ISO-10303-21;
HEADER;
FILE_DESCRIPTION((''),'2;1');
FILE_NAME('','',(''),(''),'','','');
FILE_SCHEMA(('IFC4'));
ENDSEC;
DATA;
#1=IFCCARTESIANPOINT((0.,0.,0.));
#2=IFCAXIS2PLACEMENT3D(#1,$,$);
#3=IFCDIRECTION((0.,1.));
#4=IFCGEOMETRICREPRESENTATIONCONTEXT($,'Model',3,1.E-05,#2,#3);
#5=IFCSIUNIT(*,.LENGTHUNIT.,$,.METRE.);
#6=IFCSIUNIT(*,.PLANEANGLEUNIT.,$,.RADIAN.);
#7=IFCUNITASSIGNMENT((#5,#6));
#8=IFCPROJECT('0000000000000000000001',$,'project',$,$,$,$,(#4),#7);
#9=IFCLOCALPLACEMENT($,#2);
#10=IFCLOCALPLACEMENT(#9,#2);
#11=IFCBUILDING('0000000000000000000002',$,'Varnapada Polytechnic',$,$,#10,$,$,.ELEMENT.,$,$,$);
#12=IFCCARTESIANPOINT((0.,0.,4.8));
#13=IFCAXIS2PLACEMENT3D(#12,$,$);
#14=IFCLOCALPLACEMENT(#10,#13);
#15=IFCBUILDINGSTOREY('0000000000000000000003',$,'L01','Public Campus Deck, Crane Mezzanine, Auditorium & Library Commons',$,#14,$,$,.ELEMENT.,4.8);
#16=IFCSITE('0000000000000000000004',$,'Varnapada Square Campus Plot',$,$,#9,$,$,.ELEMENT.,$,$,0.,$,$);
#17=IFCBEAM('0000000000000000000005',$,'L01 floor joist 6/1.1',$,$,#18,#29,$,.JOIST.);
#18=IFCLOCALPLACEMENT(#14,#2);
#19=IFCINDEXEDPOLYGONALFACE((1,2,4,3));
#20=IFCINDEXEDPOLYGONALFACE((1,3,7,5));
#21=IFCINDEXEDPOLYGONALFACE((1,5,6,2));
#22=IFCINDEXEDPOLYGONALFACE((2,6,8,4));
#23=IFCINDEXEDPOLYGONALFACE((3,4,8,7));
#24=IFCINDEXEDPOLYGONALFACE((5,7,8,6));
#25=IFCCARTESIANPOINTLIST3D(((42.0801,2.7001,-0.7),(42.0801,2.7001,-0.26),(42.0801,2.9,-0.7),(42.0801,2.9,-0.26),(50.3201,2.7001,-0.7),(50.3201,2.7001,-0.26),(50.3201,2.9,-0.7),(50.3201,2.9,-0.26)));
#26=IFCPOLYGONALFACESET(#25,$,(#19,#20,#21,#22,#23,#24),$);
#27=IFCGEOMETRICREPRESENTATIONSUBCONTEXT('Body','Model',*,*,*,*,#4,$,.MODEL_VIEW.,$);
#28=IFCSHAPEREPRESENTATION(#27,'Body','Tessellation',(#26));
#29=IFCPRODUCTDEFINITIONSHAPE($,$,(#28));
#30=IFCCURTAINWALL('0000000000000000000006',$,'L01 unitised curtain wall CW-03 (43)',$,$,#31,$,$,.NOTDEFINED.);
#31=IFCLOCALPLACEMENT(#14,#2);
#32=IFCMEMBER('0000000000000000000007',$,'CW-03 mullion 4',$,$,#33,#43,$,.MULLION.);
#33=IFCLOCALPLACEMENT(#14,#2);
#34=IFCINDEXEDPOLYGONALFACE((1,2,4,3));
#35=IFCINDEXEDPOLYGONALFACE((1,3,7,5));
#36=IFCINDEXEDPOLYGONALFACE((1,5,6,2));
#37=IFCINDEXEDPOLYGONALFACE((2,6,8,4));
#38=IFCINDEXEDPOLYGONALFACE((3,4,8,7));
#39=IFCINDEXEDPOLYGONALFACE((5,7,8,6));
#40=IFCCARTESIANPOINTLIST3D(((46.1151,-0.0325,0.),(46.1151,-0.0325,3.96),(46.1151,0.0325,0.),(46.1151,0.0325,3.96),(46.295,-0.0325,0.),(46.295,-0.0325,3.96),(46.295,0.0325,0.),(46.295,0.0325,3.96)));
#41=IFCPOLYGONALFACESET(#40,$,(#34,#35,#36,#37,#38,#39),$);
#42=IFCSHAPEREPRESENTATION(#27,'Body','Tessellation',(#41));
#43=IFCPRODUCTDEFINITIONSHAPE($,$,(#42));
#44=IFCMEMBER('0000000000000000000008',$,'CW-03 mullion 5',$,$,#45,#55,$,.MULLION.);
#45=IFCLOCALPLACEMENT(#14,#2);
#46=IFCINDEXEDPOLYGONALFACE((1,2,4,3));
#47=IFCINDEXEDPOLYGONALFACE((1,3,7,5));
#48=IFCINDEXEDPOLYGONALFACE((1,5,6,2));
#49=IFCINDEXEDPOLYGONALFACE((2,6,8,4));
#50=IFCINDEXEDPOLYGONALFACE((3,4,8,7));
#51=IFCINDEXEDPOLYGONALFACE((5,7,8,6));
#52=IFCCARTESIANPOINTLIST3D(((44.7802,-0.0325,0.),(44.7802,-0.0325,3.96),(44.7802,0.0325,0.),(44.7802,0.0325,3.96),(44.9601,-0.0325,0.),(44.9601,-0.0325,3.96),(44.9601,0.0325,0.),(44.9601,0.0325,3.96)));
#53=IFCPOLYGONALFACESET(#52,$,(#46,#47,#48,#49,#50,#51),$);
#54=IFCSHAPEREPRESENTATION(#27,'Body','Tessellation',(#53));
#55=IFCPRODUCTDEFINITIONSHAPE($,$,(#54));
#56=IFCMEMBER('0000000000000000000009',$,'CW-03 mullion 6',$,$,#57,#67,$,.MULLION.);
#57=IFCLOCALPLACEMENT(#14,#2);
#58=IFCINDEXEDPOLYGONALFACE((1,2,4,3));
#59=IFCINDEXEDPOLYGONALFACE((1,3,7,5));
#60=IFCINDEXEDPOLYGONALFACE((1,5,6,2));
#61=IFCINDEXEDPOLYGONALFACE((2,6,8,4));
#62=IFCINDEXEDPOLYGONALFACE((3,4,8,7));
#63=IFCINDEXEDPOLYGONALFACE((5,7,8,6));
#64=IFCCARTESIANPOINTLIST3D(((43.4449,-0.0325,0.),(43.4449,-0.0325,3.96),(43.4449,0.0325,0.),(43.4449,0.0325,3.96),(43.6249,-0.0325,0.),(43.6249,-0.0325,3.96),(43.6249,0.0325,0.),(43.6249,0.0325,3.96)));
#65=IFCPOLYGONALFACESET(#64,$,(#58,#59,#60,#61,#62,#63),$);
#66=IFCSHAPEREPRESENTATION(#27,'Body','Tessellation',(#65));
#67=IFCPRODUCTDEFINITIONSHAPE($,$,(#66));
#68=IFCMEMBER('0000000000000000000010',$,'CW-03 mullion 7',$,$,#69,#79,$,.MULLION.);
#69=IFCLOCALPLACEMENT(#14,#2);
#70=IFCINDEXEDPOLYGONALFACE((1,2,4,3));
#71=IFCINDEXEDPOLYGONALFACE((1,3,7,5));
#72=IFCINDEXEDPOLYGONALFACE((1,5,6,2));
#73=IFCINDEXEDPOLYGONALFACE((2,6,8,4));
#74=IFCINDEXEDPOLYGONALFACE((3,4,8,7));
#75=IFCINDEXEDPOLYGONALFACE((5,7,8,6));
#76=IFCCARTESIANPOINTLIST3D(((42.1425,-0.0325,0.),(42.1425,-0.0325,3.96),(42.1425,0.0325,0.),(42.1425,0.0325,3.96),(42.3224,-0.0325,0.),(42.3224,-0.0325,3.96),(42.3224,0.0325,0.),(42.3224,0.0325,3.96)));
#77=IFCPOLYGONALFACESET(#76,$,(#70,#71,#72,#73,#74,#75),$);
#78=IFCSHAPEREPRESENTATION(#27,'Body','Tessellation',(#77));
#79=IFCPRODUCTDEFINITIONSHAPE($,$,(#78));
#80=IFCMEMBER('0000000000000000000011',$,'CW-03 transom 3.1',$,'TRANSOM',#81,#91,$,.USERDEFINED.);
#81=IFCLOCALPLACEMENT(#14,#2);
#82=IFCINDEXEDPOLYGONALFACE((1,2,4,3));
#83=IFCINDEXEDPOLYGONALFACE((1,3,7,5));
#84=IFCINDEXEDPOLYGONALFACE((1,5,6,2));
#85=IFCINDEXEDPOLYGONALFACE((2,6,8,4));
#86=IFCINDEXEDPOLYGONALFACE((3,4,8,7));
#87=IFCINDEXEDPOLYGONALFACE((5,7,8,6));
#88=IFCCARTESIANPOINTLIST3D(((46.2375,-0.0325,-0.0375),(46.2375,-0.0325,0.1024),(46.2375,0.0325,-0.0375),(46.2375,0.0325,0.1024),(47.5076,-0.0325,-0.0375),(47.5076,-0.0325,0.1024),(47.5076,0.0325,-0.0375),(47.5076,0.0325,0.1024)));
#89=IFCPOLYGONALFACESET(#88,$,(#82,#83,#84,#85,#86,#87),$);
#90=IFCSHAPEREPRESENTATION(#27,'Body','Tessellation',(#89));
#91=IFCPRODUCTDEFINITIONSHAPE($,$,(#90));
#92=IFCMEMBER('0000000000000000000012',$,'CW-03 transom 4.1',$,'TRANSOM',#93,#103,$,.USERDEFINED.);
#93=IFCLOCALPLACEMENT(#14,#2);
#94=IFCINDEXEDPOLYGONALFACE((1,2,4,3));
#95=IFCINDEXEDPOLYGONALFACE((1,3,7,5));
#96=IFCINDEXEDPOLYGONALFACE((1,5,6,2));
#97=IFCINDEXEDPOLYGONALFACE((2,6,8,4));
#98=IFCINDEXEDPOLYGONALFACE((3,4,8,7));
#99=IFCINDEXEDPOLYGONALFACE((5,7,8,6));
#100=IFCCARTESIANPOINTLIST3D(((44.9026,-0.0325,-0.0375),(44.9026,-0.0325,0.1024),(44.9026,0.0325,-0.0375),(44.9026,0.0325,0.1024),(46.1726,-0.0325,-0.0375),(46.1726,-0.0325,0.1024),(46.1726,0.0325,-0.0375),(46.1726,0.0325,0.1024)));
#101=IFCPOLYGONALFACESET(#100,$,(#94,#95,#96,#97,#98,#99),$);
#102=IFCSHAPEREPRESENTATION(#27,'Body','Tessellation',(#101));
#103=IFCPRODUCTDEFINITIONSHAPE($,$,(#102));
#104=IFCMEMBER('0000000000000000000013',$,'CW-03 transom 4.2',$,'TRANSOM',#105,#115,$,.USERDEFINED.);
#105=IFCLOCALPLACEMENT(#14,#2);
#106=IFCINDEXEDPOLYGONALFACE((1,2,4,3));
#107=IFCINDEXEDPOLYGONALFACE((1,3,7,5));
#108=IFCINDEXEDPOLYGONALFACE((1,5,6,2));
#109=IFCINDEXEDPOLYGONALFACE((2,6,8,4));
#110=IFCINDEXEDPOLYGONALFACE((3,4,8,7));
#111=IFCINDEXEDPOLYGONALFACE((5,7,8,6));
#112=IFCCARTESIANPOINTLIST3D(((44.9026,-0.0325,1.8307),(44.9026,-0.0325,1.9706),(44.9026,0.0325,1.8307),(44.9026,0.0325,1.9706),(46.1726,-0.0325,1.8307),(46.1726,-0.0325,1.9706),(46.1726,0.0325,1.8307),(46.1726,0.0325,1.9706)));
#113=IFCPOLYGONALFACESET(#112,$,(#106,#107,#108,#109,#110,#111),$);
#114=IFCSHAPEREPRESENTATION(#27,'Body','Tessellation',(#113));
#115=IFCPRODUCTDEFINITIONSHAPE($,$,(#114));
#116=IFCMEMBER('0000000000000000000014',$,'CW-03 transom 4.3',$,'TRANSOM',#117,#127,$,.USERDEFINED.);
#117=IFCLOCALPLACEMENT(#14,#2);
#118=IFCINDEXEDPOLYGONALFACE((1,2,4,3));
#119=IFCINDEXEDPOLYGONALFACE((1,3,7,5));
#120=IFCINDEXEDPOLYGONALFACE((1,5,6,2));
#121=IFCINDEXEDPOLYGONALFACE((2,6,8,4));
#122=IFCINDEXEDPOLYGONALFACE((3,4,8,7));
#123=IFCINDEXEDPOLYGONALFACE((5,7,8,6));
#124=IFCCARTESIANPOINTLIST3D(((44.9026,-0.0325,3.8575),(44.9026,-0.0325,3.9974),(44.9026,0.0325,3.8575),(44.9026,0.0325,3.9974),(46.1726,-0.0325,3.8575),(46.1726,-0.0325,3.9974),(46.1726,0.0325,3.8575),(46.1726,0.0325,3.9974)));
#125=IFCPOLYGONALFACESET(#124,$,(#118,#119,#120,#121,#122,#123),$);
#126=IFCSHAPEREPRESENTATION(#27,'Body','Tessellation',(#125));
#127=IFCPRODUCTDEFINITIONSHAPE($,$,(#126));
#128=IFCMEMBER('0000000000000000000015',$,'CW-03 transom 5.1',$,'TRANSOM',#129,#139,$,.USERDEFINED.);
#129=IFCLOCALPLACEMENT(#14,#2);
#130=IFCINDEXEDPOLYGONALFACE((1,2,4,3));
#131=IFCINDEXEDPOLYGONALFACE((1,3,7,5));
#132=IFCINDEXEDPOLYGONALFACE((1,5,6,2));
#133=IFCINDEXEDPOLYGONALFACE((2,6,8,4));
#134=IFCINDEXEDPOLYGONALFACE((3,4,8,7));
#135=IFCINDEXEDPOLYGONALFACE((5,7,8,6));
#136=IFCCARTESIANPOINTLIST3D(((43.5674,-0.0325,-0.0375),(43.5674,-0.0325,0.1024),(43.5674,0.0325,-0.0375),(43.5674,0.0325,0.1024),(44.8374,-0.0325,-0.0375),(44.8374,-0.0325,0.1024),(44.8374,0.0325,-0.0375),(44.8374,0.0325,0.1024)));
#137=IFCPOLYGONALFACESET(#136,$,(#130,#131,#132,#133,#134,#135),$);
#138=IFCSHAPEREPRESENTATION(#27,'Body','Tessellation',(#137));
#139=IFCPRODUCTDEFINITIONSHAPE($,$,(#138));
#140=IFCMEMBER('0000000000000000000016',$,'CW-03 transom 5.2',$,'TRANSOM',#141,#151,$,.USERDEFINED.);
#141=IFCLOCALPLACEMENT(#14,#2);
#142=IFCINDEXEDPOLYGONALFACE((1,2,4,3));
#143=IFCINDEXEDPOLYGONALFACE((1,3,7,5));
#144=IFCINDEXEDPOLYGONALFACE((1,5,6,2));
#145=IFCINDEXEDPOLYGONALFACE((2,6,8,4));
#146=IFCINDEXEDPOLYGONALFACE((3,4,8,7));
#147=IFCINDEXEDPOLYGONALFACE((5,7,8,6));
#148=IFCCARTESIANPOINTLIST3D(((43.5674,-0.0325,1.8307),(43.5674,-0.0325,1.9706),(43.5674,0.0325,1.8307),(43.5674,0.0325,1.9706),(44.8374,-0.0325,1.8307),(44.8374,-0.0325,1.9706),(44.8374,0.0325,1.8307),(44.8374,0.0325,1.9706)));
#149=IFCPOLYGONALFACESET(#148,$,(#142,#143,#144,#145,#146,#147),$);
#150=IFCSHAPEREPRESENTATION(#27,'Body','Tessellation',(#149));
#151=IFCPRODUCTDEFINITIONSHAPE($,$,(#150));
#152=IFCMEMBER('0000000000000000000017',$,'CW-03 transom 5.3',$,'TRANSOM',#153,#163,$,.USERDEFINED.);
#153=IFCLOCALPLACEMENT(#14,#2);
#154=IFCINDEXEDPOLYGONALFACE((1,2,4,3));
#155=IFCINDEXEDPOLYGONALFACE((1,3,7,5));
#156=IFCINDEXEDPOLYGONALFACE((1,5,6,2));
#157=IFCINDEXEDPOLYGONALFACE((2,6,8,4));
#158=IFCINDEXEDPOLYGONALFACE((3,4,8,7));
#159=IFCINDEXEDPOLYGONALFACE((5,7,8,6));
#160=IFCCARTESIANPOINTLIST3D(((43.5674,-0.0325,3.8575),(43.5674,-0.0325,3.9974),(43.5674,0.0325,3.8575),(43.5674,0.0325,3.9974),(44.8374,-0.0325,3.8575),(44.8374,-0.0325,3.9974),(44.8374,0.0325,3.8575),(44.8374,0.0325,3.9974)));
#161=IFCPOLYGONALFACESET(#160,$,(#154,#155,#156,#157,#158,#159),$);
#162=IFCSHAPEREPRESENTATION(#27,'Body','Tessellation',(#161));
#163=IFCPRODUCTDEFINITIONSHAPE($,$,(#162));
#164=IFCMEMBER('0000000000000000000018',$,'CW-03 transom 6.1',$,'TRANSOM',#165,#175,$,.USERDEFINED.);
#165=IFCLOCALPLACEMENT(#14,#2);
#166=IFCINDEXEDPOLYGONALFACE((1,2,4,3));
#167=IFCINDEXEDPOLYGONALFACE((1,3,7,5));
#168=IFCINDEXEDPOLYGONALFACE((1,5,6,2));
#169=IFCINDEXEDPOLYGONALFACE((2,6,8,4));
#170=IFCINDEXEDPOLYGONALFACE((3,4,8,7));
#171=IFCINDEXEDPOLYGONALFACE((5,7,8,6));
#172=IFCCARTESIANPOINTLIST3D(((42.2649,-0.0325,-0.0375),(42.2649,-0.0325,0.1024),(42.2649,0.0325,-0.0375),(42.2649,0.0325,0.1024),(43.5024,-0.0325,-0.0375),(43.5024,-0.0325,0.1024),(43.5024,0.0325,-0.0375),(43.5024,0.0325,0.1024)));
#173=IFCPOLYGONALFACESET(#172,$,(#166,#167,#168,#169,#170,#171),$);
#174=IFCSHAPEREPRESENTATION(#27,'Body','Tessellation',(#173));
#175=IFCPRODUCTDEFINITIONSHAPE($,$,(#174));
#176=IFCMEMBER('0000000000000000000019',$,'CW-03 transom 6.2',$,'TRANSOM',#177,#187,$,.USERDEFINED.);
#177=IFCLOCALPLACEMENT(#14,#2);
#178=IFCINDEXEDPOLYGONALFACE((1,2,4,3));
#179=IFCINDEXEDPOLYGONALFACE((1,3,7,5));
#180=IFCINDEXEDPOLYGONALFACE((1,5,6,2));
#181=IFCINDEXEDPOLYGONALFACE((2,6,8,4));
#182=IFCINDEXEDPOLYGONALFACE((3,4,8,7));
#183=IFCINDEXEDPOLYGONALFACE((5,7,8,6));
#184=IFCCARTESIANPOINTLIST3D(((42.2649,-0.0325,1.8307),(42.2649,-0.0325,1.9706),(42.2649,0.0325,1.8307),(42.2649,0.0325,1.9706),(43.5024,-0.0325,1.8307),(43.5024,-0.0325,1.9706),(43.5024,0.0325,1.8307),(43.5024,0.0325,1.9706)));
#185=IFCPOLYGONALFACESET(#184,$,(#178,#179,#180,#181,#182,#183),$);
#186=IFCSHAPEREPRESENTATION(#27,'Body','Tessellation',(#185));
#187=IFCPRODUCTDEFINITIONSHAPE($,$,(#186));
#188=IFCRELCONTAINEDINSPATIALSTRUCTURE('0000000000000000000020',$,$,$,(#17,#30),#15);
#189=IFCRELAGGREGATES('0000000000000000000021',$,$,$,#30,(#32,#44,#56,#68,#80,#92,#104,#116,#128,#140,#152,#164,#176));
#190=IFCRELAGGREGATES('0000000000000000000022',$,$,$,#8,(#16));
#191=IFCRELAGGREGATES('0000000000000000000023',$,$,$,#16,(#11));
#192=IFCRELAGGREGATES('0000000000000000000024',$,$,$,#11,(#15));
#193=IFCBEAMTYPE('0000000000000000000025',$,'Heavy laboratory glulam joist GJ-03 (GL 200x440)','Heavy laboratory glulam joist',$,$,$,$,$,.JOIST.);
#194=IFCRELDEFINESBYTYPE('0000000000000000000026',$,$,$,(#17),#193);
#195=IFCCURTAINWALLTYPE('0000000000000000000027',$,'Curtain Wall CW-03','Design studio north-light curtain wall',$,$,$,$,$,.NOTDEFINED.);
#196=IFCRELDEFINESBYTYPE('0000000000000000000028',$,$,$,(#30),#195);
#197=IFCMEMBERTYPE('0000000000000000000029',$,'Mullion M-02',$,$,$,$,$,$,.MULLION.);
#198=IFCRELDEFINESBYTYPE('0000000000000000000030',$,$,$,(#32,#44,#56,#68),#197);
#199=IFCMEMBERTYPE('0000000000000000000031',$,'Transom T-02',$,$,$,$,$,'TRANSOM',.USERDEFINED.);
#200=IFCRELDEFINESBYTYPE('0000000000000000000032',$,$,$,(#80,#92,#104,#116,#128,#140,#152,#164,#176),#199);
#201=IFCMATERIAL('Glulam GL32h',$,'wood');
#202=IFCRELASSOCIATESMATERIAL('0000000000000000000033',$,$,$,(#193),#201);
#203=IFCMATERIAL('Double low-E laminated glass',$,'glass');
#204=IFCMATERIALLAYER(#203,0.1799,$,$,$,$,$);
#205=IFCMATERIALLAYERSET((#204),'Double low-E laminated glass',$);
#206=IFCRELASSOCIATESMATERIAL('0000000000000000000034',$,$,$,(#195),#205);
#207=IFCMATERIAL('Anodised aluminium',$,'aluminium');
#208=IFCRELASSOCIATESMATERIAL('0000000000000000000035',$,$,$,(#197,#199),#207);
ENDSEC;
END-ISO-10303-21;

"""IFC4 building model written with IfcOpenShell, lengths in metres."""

from ifc_helpers import new_model, si_unit, direction, frame, origin, origin_2d, place, context, subcontext, project, spatial, rectangle, extrude, material, layer, layer_set, material_profile, profile_set, type_object, element, aggregate, save


model = new_model("IFC4")

# Units and contexts
model_context = context("Model", 3, precision=1e-05, world=origin(), true_north=direction((0.0, 1.0)))
body_context = subcontext(model_context, "Body", "Model", "MODEL_VIEW")
ifc_project = project(units=[si_unit("LENGTHUNIT", "METRE"), si_unit("PLANEANGLEUNIT", "RADIAN")], contexts=[model_context])

# Site, building, storey
site_placement = place(None, origin())
site = spatial("IfcSite", under=ifc_project, at=site_placement, Name="Varnapada Square Campus Plot", CompositionType="ELEMENT", RefElevation=0.0)
building_placement = place(site_placement, origin())
building = spatial("IfcBuilding", under=site, at=building_placement, Name="Varnapada Polytechnic", CompositionType="ELEMENT")
storey_placement = place(building_placement, frame((0.0, 0.0, 4.8)))
storey = spatial("IfcBuildingStorey", under=building, at=storey_placement, Name="L01", Description="Public Campus Deck, Crane Mezzanine, Auditorium & Library Commons", CompositionType="ELEMENT", Elevation=4.8)

# Beam
ifc_material_1 = material(Name="Glulam GL32h", Category="wood")
ifc_material_profile_1 = material_profile(ifc_material_1, rectangle(XDim=0.2, YDim=0.4399, at=origin_2d()), Name="GL 200x440")
ifc_profile_set_1 = profile_set([ifc_material_profile_1], Name="Glulam GL32h")
beam_type = type_object("IfcBeamType", Name="Heavy laboratory glulam joist GJ-03 (GL 200x440)", Description="Heavy laboratory glulam joist", PredefinedType="JOIST", material=ifc_profile_set_1)
beam_placement = place(storey_placement, frame((42.0801, 2.8, -0.48), z_axis=(1.0, 0.0, 0.0), x_axis=(0.0, 1.0, 0.0)))
element("IfcBeam", 1, at=beam_placement, inside=storey, type_object=beam_type, Name="L01 floor joist 6/1.1", PredefinedType="JOIST", context=body_context, shape_type="SweptSolid", body=[
    extrude(rectangle(XDim=0.2, YDim=0.4399, at=origin_2d()), origin(), (0.0, 0.0, 1.0), 8.24),
])

# Curtain wall, members
ifc_material_2 = material(Name="Double low-E laminated glass", Category="glass")
ifc_layer_1 = layer(ifc_material_2, 0.1799)
ifc_layer_set_1 = layer_set([ifc_layer_1], Name="Double low-E laminated glass")
curtain_wall_type = type_object("IfcCurtainWallType", Name="Curtain Wall CW-03", Description="Design studio north-light curtain wall", PredefinedType="NOTDEFINED", material=ifc_layer_set_1)
curtain_wall_placement = place(storey_placement, origin())
curtain_wall = element("IfcCurtainWall", 2, at=curtain_wall_placement, inside=storey, type_object=curtain_wall_type, Name="L01 unitised curtain wall CW-03 (43)", PredefinedType="NOTDEFINED")
ifc_material_3 = material(Name="Anodised aluminium", Category="aluminium")
ifc_material_profile_2 = material_profile(ifc_material_3, rectangle(XDim=0.0649, YDim=0.1799, at=origin_2d()), Name="ALU M65x180")
ifc_profile_set_2 = profile_set([ifc_material_profile_2], Name="Anodised aluminium")
member_type_1 = type_object("IfcMemberType", Name="Mullion M-02", PredefinedType="MULLION", material=ifc_profile_set_2)
member_1_placement = place(storey_placement, frame((46.2051, 0.0, 0.0), z_axis=(0.0, 0.0, 1.0), x_axis=(0.0, -1.0, 0.0)))
member_1 = element("IfcMember", 3, at=member_1_placement, type_object=member_type_1, Name="CW-03 mullion 4", PredefinedType="MULLION", context=body_context, shape_type="SweptSolid", body=[
    extrude(rectangle(XDim=0.0649, YDim=0.1799, at=origin_2d()), origin(), (0.0, 0.0, 1.0), 3.96),
])
member_2_placement = place(storey_placement, frame((44.8701, 0.0, 0.0), z_axis=(0.0, 0.0, 1.0), x_axis=(0.0, -1.0, 0.0)))
member_2 = element("IfcMember", 4, at=member_2_placement, type_object=member_type_1, Name="CW-03 mullion 5", PredefinedType="MULLION", context=body_context, shape_type="SweptSolid", body=[
    extrude(rectangle(XDim=0.0649, YDim=0.1799, at=origin_2d()), origin(), (0.0, 0.0, 1.0), 3.96),
])
member_3_placement = place(storey_placement, frame((43.5349, 0.0, 0.0), z_axis=(0.0, 0.0, 1.0), x_axis=(0.0, -1.0, 0.0)))
member_3 = element("IfcMember", 5, at=member_3_placement, type_object=member_type_1, Name="CW-03 mullion 6", PredefinedType="MULLION", context=body_context, shape_type="SweptSolid", body=[
    extrude(rectangle(XDim=0.0649, YDim=0.1799, at=origin_2d()), origin(), (0.0, 0.0, 1.0), 3.96),
])
member_4_placement = place(storey_placement, frame((42.2324, 0.0, 0.0), z_axis=(0.0, 0.0, 1.0), x_axis=(0.0, -1.0, 0.0)))
member_4 = element("IfcMember", 6, at=member_4_placement, type_object=member_type_1, Name="CW-03 mullion 7", PredefinedType="MULLION", context=body_context, shape_type="SweptSolid", body=[
    extrude(rectangle(XDim=0.0649, YDim=0.1799, at=origin_2d()), origin(), (0.0, 0.0, 1.0), 3.96),
])
ifc_material_profile_3 = material_profile(ifc_material_3, rectangle(XDim=0.0649, YDim=0.1399, at=origin_2d()), Name="ALU T65x140")
ifc_profile_set_3 = profile_set([ifc_material_profile_3], Name="Anodised aluminium")
member_type_2 = type_object("IfcMemberType", Name="Transom T-02", ElementType="TRANSOM", PredefinedType="USERDEFINED", material=ifc_profile_set_3)
member_5_placement = place(storey_placement, frame((47.5076, 0.0, 0.0325), z_axis=(-1.0, 0.0, 0.0), x_axis=(0.0, -1.0, 0.0)))
member_5 = element("IfcMember", 7, at=member_5_placement, type_object=member_type_2, Name="CW-03 transom 3.1", ObjectType="TRANSOM", PredefinedType="USERDEFINED", context=body_context, shape_type="SweptSolid", body=[
    extrude(rectangle(XDim=0.0649, YDim=0.1399, at=origin_2d()), origin(), (0.0, 0.0, 1.0), 1.27),
])
member_6_placement = place(storey_placement, frame((46.1726, 0.0, 0.0325), z_axis=(-1.0, 0.0, 0.0), x_axis=(0.0, -1.0, 0.0)))
member_6 = element("IfcMember", 8, at=member_6_placement, type_object=member_type_2, Name="CW-03 transom 4.1", ObjectType="TRANSOM", PredefinedType="USERDEFINED", context=body_context, shape_type="SweptSolid", body=[
    extrude(rectangle(XDim=0.0649, YDim=0.1399, at=origin_2d()), origin(), (0.0, 0.0, 1.0), 1.27),
])
member_7_placement = place(storey_placement, frame((46.1726, 0.0, 1.9006), z_axis=(-1.0, 0.0, 0.0), x_axis=(0.0, -1.0, 0.0)))
member_7 = element("IfcMember", 9, at=member_7_placement, type_object=member_type_2, Name="CW-03 transom 4.2", ObjectType="TRANSOM", PredefinedType="USERDEFINED", context=body_context, shape_type="SweptSolid", body=[
    extrude(rectangle(XDim=0.0649, YDim=0.1399, at=origin_2d()), origin(), (0.0, 0.0, 1.0), 1.27),
])
member_8_placement = place(storey_placement, frame((46.1726, 0.0, 3.9275), z_axis=(-1.0, 0.0, 0.0), x_axis=(0.0, -1.0, 0.0)))
member_8 = element("IfcMember", 10, at=member_8_placement, type_object=member_type_2, Name="CW-03 transom 4.3", ObjectType="TRANSOM", PredefinedType="USERDEFINED", context=body_context, shape_type="SweptSolid", body=[
    extrude(rectangle(XDim=0.0649, YDim=0.1399, at=origin_2d()), origin(), (0.0, 0.0, 1.0), 1.27),
])
member_9_placement = place(storey_placement, frame((44.8374, 0.0, 0.0325), z_axis=(-1.0, 0.0, 0.0), x_axis=(0.0, -1.0, 0.0)))
member_9 = element("IfcMember", 11, at=member_9_placement, type_object=member_type_2, Name="CW-03 transom 5.1", ObjectType="TRANSOM", PredefinedType="USERDEFINED", context=body_context, shape_type="SweptSolid", body=[
    extrude(rectangle(XDim=0.0649, YDim=0.1399, at=origin_2d()), origin(), (0.0, 0.0, 1.0), 1.27),
])
member_10_placement = place(storey_placement, frame((44.8374, 0.0, 1.9006), z_axis=(-1.0, 0.0, 0.0), x_axis=(0.0, -1.0, 0.0)))
member_10 = element("IfcMember", 12, at=member_10_placement, type_object=member_type_2, Name="CW-03 transom 5.2", ObjectType="TRANSOM", PredefinedType="USERDEFINED", context=body_context, shape_type="SweptSolid", body=[
    extrude(rectangle(XDim=0.0649, YDim=0.1399, at=origin_2d()), origin(), (0.0, 0.0, 1.0), 1.27),
])
member_11_placement = place(storey_placement, frame((44.8374, 0.0, 3.9275), z_axis=(-1.0, 0.0, 0.0), x_axis=(0.0, -1.0, 0.0)))
member_11 = element("IfcMember", 13, at=member_11_placement, type_object=member_type_2, Name="CW-03 transom 5.3", ObjectType="TRANSOM", PredefinedType="USERDEFINED", context=body_context, shape_type="SweptSolid", body=[
    extrude(rectangle(XDim=0.0649, YDim=0.1399, at=origin_2d()), origin(), (0.0, 0.0, 1.0), 1.27),
])
member_12_placement = place(storey_placement, frame((43.5024, 0.0, 0.0325), z_axis=(-1.0, 0.0, 0.0), x_axis=(0.0, -1.0, 0.0)))
member_12 = element("IfcMember", 14, at=member_12_placement, type_object=member_type_2, Name="CW-03 transom 6.1", ObjectType="TRANSOM", PredefinedType="USERDEFINED", context=body_context, shape_type="SweptSolid", body=[
    extrude(rectangle(XDim=0.0649, YDim=0.1399, at=origin_2d()), origin(), (0.0, 0.0, 1.0), 1.2375),
])
member_13_placement = place(storey_placement, frame((43.5024, 0.0, 1.9006), z_axis=(-1.0, 0.0, 0.0), x_axis=(0.0, -1.0, 0.0)))
member_13 = element("IfcMember", 15, at=member_13_placement, type_object=member_type_2, Name="CW-03 transom 6.2", ObjectType="TRANSOM", PredefinedType="USERDEFINED", context=body_context, shape_type="SweptSolid", body=[
    extrude(rectangle(XDim=0.0649, YDim=0.1399, at=origin_2d()), origin(), (0.0, 0.0, 1.0), 1.2375),
])
aggregate(curtain_wall, [member_1, member_2, member_3, member_4, member_5, member_6, member_7, member_8, member_9, member_10, member_11, member_12, member_13])

save(model, "model.ifc")
